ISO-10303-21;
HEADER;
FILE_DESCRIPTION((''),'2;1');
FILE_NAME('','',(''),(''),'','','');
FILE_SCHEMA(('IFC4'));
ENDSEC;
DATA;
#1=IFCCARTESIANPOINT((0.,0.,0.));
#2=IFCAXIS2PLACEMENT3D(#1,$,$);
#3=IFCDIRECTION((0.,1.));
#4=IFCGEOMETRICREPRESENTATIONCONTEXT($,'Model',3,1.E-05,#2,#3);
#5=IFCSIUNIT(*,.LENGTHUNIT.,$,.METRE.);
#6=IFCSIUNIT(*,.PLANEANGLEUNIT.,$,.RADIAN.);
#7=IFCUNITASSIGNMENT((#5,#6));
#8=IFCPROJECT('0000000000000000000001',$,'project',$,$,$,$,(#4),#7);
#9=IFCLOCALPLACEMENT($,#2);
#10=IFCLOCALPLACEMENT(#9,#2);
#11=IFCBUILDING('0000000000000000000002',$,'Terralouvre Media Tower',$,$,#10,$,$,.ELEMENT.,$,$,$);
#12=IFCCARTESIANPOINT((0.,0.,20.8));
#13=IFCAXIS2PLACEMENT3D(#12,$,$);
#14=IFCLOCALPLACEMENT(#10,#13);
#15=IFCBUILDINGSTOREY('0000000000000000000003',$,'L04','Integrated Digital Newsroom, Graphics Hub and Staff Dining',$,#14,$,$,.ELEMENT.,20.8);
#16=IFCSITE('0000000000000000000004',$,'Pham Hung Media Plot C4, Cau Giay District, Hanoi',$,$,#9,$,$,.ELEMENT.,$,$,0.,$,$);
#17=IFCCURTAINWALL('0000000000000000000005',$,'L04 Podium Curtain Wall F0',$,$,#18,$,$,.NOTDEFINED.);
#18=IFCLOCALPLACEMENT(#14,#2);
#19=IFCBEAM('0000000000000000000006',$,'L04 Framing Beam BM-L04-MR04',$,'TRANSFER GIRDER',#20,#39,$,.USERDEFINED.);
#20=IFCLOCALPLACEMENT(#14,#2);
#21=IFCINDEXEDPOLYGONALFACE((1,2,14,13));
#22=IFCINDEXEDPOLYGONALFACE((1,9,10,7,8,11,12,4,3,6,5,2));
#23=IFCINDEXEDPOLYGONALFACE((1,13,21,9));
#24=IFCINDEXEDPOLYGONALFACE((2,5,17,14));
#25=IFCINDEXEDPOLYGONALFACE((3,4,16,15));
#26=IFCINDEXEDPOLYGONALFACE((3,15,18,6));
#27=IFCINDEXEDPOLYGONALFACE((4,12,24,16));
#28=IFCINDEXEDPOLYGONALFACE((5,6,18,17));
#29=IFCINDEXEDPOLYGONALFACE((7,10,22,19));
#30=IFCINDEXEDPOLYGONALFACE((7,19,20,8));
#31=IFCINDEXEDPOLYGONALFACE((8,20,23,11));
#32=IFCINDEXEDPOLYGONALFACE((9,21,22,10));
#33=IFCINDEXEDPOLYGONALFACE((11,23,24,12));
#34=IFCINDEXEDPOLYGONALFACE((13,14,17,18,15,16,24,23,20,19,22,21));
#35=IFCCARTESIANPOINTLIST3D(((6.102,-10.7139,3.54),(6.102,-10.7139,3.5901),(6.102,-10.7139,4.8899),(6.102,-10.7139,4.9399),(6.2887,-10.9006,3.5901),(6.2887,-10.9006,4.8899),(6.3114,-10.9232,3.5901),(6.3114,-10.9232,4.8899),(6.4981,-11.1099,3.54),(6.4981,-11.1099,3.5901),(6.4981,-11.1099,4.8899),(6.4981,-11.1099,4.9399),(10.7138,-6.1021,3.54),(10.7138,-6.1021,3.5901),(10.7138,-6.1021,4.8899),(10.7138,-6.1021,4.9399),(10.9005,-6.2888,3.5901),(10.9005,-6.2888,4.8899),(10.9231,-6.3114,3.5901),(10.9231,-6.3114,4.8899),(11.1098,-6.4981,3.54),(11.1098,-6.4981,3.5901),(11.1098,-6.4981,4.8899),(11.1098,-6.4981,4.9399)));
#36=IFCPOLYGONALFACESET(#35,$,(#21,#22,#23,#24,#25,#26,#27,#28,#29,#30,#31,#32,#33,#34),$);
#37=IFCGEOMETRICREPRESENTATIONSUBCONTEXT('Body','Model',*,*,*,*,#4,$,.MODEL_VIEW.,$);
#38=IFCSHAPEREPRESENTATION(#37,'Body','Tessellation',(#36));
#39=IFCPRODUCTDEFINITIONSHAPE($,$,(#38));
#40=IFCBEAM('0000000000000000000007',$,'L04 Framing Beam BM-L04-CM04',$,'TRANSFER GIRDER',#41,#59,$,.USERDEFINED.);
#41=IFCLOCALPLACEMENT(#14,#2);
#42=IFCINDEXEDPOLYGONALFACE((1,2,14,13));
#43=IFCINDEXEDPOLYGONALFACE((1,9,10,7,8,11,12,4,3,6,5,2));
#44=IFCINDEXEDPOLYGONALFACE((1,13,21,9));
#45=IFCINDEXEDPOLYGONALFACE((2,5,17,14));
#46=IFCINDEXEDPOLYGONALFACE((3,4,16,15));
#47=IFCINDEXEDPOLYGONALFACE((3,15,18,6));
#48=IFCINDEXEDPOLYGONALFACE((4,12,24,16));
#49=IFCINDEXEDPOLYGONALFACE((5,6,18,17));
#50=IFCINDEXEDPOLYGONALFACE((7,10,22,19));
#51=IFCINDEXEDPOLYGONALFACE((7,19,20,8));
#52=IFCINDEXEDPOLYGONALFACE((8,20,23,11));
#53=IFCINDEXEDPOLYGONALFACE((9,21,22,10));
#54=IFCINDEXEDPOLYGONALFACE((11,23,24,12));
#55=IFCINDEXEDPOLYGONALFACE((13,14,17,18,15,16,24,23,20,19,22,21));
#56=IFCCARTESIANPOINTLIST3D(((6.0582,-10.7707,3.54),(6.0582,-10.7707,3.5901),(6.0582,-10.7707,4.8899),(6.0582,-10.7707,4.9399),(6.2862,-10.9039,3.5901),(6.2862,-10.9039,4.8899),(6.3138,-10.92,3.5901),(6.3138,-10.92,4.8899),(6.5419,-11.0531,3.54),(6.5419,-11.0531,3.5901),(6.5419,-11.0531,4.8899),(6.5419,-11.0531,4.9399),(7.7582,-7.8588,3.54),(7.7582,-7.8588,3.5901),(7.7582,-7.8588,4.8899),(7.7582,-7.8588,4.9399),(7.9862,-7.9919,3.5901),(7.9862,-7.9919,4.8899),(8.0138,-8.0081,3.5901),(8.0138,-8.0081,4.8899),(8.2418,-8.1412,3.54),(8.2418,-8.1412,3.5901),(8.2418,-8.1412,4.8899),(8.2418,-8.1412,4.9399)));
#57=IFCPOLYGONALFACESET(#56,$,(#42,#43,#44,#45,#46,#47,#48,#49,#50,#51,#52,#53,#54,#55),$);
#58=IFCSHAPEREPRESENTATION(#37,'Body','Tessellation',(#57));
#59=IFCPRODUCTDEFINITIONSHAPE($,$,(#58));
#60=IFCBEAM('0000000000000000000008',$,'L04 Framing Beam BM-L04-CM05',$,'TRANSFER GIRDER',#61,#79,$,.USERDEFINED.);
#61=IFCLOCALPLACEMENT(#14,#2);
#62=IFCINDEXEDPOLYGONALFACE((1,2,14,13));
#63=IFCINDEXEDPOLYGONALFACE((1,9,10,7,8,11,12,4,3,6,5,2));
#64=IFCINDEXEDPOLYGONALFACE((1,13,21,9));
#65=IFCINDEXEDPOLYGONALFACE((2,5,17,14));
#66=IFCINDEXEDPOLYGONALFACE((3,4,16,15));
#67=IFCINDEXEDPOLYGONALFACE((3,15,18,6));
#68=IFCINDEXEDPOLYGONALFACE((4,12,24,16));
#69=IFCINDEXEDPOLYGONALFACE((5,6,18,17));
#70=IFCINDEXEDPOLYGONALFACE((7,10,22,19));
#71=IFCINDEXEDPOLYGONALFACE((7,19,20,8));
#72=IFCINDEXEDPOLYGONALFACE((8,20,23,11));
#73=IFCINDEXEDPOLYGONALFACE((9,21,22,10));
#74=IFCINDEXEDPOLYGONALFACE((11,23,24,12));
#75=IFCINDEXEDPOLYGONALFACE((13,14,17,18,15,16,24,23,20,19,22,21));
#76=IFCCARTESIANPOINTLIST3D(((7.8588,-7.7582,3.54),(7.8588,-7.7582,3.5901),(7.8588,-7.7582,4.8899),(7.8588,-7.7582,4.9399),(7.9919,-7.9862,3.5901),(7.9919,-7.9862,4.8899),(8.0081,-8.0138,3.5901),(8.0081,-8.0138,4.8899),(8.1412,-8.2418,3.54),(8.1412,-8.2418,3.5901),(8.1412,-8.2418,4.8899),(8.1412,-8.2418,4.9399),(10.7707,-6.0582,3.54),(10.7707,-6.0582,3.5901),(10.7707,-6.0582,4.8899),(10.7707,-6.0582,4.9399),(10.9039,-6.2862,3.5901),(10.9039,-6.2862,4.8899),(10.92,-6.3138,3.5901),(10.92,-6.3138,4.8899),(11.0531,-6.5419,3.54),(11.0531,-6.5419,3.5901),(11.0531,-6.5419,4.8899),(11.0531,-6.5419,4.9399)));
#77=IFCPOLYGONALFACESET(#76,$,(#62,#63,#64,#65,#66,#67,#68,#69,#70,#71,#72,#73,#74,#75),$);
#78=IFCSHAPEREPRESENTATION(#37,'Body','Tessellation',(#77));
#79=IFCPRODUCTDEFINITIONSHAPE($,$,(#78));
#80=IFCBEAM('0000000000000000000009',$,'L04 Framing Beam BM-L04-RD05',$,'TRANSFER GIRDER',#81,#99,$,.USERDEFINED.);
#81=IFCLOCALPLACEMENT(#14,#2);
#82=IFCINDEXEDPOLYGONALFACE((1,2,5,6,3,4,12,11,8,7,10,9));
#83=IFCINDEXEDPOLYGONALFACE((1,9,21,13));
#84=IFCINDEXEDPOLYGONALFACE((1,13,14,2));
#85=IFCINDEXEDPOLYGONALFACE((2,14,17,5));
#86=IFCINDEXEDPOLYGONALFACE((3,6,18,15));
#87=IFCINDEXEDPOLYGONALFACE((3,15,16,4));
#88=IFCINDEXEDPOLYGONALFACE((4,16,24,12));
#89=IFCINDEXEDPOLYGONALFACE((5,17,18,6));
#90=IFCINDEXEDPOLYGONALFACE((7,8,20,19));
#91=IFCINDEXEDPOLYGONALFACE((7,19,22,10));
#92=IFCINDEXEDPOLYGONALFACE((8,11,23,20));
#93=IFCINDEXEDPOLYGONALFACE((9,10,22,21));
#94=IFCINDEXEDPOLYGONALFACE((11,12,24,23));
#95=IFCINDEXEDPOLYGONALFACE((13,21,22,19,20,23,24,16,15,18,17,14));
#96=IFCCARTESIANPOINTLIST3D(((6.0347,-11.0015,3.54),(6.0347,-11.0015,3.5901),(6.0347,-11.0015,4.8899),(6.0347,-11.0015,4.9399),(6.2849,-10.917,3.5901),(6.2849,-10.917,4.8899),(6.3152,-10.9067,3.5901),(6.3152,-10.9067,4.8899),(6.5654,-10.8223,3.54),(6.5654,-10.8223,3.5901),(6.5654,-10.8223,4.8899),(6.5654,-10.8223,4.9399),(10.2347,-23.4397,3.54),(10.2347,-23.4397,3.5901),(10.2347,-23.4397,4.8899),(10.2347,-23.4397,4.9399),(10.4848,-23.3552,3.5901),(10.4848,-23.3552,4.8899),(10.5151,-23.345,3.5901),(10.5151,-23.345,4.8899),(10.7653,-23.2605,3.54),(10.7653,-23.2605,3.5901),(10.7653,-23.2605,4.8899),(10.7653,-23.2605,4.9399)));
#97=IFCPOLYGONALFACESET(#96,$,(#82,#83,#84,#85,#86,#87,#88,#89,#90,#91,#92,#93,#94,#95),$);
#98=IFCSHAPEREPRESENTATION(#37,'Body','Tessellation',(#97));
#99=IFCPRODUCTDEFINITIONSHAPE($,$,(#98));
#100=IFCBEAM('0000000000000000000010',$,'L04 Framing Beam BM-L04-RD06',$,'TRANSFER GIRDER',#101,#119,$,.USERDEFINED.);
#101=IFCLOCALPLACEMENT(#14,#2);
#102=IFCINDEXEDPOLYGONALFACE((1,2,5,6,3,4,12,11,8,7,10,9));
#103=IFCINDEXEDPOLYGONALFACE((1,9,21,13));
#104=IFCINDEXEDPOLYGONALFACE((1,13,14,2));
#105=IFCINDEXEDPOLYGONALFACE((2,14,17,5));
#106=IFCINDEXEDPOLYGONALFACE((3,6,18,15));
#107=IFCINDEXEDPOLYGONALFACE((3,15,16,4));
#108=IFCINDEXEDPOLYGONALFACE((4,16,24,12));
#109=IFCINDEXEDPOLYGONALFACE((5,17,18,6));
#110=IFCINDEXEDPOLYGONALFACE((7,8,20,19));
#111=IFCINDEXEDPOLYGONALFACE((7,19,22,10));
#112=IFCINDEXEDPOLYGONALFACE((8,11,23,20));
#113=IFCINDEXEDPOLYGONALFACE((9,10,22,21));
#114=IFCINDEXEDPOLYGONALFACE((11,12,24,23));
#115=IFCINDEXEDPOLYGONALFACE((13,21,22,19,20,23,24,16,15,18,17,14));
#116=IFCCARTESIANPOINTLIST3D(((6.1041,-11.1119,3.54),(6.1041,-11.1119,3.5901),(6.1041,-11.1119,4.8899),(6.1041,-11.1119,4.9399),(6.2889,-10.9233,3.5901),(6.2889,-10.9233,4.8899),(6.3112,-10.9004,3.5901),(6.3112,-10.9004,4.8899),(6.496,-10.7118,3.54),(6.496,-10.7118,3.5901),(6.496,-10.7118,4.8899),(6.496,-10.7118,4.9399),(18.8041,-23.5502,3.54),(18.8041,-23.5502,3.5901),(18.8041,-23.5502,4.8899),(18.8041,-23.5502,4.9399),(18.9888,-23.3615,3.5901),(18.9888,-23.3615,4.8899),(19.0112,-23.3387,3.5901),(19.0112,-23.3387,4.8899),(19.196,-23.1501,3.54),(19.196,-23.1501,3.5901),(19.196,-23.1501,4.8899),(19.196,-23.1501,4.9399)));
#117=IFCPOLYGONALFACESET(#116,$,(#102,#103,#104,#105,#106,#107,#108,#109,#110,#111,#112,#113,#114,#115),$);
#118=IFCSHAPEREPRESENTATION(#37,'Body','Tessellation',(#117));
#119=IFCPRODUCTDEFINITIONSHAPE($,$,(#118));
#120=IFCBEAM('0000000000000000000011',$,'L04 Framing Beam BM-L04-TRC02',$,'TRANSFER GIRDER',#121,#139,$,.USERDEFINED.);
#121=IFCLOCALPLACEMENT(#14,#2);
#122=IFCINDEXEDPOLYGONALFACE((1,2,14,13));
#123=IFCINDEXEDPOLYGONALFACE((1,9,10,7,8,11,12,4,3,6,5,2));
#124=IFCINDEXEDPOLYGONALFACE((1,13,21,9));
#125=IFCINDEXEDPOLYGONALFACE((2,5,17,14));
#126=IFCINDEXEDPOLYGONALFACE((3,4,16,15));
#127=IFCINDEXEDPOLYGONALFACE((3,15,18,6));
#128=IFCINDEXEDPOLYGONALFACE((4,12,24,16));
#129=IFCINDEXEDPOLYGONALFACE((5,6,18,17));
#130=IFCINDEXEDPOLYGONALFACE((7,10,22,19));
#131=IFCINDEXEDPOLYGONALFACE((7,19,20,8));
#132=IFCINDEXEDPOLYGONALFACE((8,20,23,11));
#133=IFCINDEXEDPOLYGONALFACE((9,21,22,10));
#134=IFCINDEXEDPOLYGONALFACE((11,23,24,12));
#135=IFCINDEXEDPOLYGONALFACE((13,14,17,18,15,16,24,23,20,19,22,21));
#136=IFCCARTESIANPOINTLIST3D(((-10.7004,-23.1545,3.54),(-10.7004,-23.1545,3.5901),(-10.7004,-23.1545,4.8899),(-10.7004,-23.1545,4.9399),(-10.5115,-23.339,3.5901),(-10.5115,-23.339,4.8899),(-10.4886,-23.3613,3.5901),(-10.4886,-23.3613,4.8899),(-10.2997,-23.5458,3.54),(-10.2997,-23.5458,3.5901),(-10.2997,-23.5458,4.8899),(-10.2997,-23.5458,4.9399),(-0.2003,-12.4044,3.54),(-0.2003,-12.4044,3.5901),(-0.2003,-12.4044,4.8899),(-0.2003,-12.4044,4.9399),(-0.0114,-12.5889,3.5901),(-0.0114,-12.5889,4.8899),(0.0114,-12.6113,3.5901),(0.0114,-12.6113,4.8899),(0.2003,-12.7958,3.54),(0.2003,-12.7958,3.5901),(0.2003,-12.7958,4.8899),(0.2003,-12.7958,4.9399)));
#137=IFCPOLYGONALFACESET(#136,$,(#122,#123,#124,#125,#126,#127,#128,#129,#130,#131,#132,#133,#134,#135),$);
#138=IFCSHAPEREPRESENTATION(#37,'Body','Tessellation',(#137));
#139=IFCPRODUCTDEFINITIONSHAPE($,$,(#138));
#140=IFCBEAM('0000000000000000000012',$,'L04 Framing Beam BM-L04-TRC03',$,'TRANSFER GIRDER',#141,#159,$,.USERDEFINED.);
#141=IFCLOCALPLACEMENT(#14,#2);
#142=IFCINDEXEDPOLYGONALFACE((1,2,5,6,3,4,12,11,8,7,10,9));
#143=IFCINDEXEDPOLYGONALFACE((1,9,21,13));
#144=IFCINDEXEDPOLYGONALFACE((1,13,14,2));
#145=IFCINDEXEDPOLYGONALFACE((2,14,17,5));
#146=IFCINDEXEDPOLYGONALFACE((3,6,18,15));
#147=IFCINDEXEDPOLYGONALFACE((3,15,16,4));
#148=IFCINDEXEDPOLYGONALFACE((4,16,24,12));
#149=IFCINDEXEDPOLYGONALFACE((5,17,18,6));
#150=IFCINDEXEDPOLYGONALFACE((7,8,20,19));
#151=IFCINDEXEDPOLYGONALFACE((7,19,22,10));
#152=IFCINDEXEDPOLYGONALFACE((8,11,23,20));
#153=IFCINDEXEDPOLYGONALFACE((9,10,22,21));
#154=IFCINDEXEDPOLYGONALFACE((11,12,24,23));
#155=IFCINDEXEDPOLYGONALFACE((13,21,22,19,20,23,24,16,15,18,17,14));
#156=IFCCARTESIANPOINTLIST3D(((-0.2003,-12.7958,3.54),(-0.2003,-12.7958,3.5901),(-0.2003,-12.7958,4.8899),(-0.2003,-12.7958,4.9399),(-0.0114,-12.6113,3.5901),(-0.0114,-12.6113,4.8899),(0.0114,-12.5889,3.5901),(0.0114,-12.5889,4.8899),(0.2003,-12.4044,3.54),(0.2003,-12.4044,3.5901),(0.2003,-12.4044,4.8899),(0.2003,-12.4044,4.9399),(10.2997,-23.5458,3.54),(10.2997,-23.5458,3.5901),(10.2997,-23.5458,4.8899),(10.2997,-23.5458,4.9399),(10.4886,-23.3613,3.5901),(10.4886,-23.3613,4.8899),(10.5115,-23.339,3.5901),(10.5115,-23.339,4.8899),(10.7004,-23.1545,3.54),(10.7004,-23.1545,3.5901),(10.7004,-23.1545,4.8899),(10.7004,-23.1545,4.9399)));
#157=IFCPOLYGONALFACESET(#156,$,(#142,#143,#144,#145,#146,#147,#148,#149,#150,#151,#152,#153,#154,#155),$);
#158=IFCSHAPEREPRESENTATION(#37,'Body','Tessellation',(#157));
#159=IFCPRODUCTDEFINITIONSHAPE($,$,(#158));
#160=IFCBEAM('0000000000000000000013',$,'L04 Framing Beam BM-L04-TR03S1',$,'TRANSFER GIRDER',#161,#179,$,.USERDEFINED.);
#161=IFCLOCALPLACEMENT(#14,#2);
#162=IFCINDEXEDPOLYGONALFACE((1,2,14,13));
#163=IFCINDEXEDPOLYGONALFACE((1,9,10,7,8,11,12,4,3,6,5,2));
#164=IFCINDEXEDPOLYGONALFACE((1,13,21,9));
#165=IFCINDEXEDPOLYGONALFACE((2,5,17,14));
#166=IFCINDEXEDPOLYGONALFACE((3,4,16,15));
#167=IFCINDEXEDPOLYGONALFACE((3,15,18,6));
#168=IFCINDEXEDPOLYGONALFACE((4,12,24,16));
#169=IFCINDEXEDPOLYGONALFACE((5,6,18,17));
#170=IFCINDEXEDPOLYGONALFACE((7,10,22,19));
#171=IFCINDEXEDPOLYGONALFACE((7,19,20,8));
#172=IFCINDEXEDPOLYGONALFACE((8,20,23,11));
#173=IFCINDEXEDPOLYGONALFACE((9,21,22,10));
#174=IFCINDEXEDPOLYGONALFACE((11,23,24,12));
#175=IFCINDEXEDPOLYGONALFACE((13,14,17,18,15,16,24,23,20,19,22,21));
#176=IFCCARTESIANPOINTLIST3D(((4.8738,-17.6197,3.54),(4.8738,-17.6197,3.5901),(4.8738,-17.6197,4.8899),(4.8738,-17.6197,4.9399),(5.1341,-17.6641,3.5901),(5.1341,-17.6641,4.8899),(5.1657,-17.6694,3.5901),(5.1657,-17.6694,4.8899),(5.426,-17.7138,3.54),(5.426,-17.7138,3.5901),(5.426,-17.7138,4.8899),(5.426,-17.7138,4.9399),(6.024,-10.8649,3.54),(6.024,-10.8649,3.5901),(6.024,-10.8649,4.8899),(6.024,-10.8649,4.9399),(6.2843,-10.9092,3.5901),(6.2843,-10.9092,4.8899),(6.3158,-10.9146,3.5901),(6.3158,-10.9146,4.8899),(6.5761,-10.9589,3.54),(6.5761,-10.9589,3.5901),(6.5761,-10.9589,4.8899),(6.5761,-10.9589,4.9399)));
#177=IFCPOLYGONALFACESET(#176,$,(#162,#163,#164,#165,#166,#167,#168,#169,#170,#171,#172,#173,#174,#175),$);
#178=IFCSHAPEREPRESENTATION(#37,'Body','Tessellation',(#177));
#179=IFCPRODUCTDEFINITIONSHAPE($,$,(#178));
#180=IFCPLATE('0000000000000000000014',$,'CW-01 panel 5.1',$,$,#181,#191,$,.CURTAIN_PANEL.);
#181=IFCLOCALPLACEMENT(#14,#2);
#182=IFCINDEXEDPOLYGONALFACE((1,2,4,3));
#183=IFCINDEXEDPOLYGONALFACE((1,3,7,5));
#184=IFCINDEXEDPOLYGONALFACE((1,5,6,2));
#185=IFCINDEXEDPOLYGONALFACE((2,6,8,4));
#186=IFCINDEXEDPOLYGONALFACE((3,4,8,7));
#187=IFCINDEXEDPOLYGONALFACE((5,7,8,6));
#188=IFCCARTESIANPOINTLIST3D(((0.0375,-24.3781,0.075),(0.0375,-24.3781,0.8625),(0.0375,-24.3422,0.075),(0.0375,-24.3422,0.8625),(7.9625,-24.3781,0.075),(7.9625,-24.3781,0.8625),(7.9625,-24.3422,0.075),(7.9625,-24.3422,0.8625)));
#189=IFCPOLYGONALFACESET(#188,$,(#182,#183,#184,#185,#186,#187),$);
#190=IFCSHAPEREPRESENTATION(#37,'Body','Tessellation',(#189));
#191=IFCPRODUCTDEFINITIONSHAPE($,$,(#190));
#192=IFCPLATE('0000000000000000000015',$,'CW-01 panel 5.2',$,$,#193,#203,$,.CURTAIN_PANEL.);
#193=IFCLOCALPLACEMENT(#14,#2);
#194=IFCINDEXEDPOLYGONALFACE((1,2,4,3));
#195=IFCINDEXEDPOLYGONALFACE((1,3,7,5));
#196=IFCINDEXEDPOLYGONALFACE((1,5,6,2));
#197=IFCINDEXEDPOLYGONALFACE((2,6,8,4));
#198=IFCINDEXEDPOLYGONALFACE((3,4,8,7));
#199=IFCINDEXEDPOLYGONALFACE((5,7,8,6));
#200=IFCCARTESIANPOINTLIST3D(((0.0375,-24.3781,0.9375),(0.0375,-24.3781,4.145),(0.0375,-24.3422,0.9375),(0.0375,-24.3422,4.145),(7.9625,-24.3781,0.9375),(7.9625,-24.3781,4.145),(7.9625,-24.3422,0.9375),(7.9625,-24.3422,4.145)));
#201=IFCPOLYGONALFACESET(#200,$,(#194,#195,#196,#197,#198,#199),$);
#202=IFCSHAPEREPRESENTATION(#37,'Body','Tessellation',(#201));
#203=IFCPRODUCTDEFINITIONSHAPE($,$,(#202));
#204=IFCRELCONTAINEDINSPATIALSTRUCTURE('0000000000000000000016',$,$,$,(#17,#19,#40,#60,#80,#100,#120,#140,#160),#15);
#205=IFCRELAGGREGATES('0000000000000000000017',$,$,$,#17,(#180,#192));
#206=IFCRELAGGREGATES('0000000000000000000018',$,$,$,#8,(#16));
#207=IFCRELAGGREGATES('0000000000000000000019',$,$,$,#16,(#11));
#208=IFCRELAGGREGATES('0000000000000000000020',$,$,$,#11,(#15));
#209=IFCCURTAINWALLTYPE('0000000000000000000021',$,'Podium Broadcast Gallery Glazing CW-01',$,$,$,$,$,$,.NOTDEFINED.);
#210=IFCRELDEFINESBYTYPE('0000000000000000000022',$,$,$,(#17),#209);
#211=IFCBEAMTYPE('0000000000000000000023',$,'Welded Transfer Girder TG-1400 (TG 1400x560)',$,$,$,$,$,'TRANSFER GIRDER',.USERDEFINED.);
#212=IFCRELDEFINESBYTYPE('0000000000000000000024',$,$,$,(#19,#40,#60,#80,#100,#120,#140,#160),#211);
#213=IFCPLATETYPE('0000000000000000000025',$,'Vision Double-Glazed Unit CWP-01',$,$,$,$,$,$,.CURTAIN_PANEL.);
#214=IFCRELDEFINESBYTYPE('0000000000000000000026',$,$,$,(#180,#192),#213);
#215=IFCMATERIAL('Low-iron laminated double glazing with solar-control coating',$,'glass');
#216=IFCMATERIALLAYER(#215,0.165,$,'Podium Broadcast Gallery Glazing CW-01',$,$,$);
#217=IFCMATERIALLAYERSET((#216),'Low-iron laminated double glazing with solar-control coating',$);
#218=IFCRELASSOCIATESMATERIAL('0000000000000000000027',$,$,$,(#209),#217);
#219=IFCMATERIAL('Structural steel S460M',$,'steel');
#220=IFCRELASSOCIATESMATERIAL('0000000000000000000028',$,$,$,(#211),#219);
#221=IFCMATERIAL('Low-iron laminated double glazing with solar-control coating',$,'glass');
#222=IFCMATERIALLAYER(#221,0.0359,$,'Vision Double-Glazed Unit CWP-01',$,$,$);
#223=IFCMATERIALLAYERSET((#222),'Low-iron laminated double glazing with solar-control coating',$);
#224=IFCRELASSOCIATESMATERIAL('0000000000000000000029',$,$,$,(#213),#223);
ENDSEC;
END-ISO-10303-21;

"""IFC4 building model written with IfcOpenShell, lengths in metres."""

from ifc_helpers import new_model, si_unit, direction, frame, origin, origin_2d, place, context, subcontext, project, spatial, rectangle, i_section, extrude, material, layer, layer_set, material_profile, profile_set, type_object, element, aggregate, save


model = new_model("IFC4")

# Units and contexts
model_context = context("Model", 3, precision=1e-05, world=origin(), true_north=direction((0.0, 1.0)))
body_context = subcontext(model_context, "Body", "Model", "MODEL_VIEW")
ifc_project = project(units=[si_unit("LENGTHUNIT", "METRE"), si_unit("PLANEANGLEUNIT", "RADIAN")], contexts=[model_context])

# Site, building, storey
site_placement = place(None, origin())
site = spatial("IfcSite", under=ifc_project, at=site_placement, Name="Pham Hung Media Plot C4, Cau Giay District, Hanoi", CompositionType="ELEMENT", RefElevation=0.0)
building_placement = place(site_placement, origin())
building = spatial("IfcBuilding", under=site, at=building_placement, Name="Terralouvre Media Tower", CompositionType="ELEMENT")
storey_placement = place(building_placement, frame((0.0, 0.0, 20.8)))
storey = spatial("IfcBuildingStorey", under=building, at=storey_placement, Name="L04", Description="Integrated Digital Newsroom, Graphics Hub and Staff Dining", CompositionType="ELEMENT", Elevation=20.8)

# Curtain wall
ifc_material_1 = material(Name="Low-iron laminated double glazing with solar-control coating", Category="glass")
ifc_layer_1 = layer(ifc_material_1, 0.165, Name="Podium Broadcast Gallery Glazing CW-01")
ifc_layer_set_1 = layer_set([ifc_layer_1], Name="Low-iron laminated double glazing with solar-control coating")
curtain_wall_type = type_object("IfcCurtainWallType", Name="Podium Broadcast Gallery Glazing CW-01", PredefinedType="NOTDEFINED", material=ifc_layer_set_1)
curtain_wall_placement = place(storey_placement, origin())
curtain_wall = element("IfcCurtainWall", 1, at=curtain_wall_placement, inside=storey, type_object=curtain_wall_type, Name="L04 Podium Curtain Wall F0", PredefinedType="NOTDEFINED")

# Beams
ifc_material_2 = material(Name="Structural steel S460M", Category="steel")
ifc_material_profile_1 = material_profile(ifc_material_2, i_section(OverallWidth=0.5601, OverallDepth=1.3999, WebThickness=0.032, FlangeThickness=0.05, at=origin_2d()), Name="TG 1400x560")
ifc_profile_set_1 = profile_set([ifc_material_profile_1], Name="Structural steel S460M")
beam_type_1 = type_object("IfcBeamType", Name="Welded Transfer Girder TG-1400 (TG 1400x560)", ElementType="TRANSFER GIRDER", PredefinedType="USERDEFINED", material=ifc_profile_set_1)
beam_1_placement = place(storey_placement, frame((6.3, -10.9119, 4.24), z_axis=(0.707107, 0.707107, 0.0), x_axis=(-0.707107, 0.707107, 0.0)))
element("IfcBeam", 2, at=beam_1_placement, inside=storey, type_object=beam_type_1, Name="L04 Framing Beam BM-L04-MR04", ObjectType="TRANSFER GIRDER", PredefinedType="USERDEFINED", context=body_context, shape_type="SweptSolid", body=[
    extrude(i_section(OverallWidth=0.5601, OverallDepth=1.3999, WebThickness=0.032, FlangeThickness=0.05, at=origin_2d()), origin(), (0.0, 0.0, 1.0), 6.522),
])
for number, where, z_axis, x_axis, name in (
    (3, (8.0, -8.0, 4.24), (-0.504173, -0.863603, 0.0), (0.863603, -0.504173, 0.0), "L04 Framing Beam BM-L04-CM04"),
    (4, (8.0, -8.0, 4.24), (0.863603, 0.504173, 0.0), (-0.504173, 0.863603, 0.0), "L04 Framing Beam BM-L04-CM05"),
):
    element("IfcBeam", number, at=place(storey_placement, frame(where, z_axis=z_axis, x_axis=x_axis)), inside=storey, type_object=beam_type_1, Name=name, ObjectType="TRANSFER GIRDER", PredefinedType="USERDEFINED", context=body_context, shape_type="SweptSolid", body=[
        extrude(i_section(OverallWidth=0.5601, OverallDepth=1.3999, WebThickness=0.032, FlangeThickness=0.05, at=origin_2d()), origin(), (0.0, 0.0, 1.0), 3.3718),
    ])
beam_2_placement = place(storey_placement, frame((6.3, -10.9119, 4.24), z_axis=(0.319919, -0.947445, 0.0), x_axis=(0.947445, 0.319919, 0.0)))
element("IfcBeam", 5, at=beam_2_placement, inside=storey, type_object=beam_type_1, Name="L04 Framing Beam BM-L04-RD05", ObjectType="TRANSFER GIRDER", PredefinedType="USERDEFINED", context=body_context, shape_type="SweptSolid", body=[
    extrude(i_section(OverallWidth=0.5601, OverallDepth=1.3999, WebThickness=0.032, FlangeThickness=0.05, at=origin_2d()), origin(), (0.0, 0.0, 1.0), 13.1282),
])
beam_3_placement = place(storey_placement, frame((6.3, -10.9119, 4.24), z_axis=(0.71443, -0.699707, 0.0), x_axis=(0.699707, 0.71443, 0.0)))
element("IfcBeam", 6, at=beam_3_placement, inside=storey, type_object=beam_type_1, Name="L04 Framing Beam BM-L04-RD06", ObjectType="TRANSFER GIRDER", PredefinedType="USERDEFINED", context=body_context, shape_type="SweptSolid", body=[
    extrude(i_section(OverallWidth=0.5601, OverallDepth=1.3999, WebThickness=0.032, FlangeThickness=0.05, at=origin_2d()), origin(), (0.0, 0.0, 1.0), 17.7764),
])
for number, where, z_axis, x_axis, name in (
    (7, (0.0, -12.6001, 4.24), (-0.69874, -0.715376, 0.0), (0.715376, -0.69874, 0.0), "L04 Framing Beam BM-L04-TRC02"),
    (8, (0.0, -12.6001, 4.24), (0.69874, -0.715376, 0.0), (0.715376, 0.69874, 0.0), "L04 Framing Beam BM-L04-TRC03"),
):
    element("IfcBeam", number, at=place(storey_placement, frame(where, z_axis=z_axis, x_axis=x_axis)), inside=storey, type_object=beam_type_1, Name=name, ObjectType="TRANSFER GIRDER", PredefinedType="USERDEFINED", context=body_context, shape_type="SweptSolid", body=[
        extrude(i_section(OverallWidth=0.5601, OverallDepth=1.3999, WebThickness=0.032, FlangeThickness=0.05, at=origin_2d()), origin(), (0.0, 0.0, 1.0), 15.0271),
    ])
beam_4_placement = place(storey_placement, frame((5.1499, -17.6667, 4.24), z_axis=(0.167853, 0.985812, 0.0), x_axis=(-0.985812, 0.167853, 0.0)))
element("IfcBeam", 9, at=beam_4_placement, inside=storey, type_object=beam_type_1, Name="L04 Framing Beam BM-L04-TR03S1", ObjectType="TRANSFER GIRDER", PredefinedType="USERDEFINED", context=body_context, shape_type="SweptSolid", body=[
    extrude(i_section(OverallWidth=0.5601, OverallDepth=1.3999, WebThickness=0.032, FlangeThickness=0.05, at=origin_2d()), origin(), (0.0, 0.0, 1.0), 6.8521),
])

# Plates
ifc_material_3 = material(Name="Low-iron laminated double glazing with solar-control coating", Category="glass")
ifc_layer_2 = layer(ifc_material_3, 0.0359, Name="Vision Double-Glazed Unit CWP-01")
ifc_layer_set_2 = layer_set([ifc_layer_2], Name="Low-iron laminated double glazing with solar-control coating")
plate_type = type_object("IfcPlateType", Name="Vision Double-Glazed Unit CWP-01", PredefinedType="CURTAIN_PANEL", material=ifc_layer_set_2)
plate_1_placement = place(storey_placement, frame((4.0, -24.3601, 0.075), z_axis=(0.0, 0.0, 1.0), x_axis=(1.0, 0.0, 0.0)))
plate_1 = element("IfcPlate", 10, at=plate_1_placement, type_object=plate_type, Name="CW-01 panel 5.1", PredefinedType="CURTAIN_PANEL", context=body_context, shape_type="SweptSolid", body=[
    extrude(rectangle(XDim=7.925, YDim=0.0359, at=origin_2d()), origin(), (0.0, 0.0, 1.0), 0.7876),
])
plate_2_placement = place(storey_placement, frame((4.0, -24.3601, 0.9375), z_axis=(0.0, 0.0, 1.0), x_axis=(1.0, 0.0, 0.0)))
plate_2 = element("IfcPlate", 11, at=plate_2_placement, type_object=plate_type, Name="CW-01 panel 5.2", PredefinedType="CURTAIN_PANEL", context=body_context, shape_type="SweptSolid", body=[
    extrude(rectangle(XDim=7.925, YDim=0.0359, at=origin_2d()), origin(), (0.0, 0.0, 1.0), 3.2075),
])
aggregate(curtain_wall, [plate_1, plate_2])

save(model, "model.ifc")
